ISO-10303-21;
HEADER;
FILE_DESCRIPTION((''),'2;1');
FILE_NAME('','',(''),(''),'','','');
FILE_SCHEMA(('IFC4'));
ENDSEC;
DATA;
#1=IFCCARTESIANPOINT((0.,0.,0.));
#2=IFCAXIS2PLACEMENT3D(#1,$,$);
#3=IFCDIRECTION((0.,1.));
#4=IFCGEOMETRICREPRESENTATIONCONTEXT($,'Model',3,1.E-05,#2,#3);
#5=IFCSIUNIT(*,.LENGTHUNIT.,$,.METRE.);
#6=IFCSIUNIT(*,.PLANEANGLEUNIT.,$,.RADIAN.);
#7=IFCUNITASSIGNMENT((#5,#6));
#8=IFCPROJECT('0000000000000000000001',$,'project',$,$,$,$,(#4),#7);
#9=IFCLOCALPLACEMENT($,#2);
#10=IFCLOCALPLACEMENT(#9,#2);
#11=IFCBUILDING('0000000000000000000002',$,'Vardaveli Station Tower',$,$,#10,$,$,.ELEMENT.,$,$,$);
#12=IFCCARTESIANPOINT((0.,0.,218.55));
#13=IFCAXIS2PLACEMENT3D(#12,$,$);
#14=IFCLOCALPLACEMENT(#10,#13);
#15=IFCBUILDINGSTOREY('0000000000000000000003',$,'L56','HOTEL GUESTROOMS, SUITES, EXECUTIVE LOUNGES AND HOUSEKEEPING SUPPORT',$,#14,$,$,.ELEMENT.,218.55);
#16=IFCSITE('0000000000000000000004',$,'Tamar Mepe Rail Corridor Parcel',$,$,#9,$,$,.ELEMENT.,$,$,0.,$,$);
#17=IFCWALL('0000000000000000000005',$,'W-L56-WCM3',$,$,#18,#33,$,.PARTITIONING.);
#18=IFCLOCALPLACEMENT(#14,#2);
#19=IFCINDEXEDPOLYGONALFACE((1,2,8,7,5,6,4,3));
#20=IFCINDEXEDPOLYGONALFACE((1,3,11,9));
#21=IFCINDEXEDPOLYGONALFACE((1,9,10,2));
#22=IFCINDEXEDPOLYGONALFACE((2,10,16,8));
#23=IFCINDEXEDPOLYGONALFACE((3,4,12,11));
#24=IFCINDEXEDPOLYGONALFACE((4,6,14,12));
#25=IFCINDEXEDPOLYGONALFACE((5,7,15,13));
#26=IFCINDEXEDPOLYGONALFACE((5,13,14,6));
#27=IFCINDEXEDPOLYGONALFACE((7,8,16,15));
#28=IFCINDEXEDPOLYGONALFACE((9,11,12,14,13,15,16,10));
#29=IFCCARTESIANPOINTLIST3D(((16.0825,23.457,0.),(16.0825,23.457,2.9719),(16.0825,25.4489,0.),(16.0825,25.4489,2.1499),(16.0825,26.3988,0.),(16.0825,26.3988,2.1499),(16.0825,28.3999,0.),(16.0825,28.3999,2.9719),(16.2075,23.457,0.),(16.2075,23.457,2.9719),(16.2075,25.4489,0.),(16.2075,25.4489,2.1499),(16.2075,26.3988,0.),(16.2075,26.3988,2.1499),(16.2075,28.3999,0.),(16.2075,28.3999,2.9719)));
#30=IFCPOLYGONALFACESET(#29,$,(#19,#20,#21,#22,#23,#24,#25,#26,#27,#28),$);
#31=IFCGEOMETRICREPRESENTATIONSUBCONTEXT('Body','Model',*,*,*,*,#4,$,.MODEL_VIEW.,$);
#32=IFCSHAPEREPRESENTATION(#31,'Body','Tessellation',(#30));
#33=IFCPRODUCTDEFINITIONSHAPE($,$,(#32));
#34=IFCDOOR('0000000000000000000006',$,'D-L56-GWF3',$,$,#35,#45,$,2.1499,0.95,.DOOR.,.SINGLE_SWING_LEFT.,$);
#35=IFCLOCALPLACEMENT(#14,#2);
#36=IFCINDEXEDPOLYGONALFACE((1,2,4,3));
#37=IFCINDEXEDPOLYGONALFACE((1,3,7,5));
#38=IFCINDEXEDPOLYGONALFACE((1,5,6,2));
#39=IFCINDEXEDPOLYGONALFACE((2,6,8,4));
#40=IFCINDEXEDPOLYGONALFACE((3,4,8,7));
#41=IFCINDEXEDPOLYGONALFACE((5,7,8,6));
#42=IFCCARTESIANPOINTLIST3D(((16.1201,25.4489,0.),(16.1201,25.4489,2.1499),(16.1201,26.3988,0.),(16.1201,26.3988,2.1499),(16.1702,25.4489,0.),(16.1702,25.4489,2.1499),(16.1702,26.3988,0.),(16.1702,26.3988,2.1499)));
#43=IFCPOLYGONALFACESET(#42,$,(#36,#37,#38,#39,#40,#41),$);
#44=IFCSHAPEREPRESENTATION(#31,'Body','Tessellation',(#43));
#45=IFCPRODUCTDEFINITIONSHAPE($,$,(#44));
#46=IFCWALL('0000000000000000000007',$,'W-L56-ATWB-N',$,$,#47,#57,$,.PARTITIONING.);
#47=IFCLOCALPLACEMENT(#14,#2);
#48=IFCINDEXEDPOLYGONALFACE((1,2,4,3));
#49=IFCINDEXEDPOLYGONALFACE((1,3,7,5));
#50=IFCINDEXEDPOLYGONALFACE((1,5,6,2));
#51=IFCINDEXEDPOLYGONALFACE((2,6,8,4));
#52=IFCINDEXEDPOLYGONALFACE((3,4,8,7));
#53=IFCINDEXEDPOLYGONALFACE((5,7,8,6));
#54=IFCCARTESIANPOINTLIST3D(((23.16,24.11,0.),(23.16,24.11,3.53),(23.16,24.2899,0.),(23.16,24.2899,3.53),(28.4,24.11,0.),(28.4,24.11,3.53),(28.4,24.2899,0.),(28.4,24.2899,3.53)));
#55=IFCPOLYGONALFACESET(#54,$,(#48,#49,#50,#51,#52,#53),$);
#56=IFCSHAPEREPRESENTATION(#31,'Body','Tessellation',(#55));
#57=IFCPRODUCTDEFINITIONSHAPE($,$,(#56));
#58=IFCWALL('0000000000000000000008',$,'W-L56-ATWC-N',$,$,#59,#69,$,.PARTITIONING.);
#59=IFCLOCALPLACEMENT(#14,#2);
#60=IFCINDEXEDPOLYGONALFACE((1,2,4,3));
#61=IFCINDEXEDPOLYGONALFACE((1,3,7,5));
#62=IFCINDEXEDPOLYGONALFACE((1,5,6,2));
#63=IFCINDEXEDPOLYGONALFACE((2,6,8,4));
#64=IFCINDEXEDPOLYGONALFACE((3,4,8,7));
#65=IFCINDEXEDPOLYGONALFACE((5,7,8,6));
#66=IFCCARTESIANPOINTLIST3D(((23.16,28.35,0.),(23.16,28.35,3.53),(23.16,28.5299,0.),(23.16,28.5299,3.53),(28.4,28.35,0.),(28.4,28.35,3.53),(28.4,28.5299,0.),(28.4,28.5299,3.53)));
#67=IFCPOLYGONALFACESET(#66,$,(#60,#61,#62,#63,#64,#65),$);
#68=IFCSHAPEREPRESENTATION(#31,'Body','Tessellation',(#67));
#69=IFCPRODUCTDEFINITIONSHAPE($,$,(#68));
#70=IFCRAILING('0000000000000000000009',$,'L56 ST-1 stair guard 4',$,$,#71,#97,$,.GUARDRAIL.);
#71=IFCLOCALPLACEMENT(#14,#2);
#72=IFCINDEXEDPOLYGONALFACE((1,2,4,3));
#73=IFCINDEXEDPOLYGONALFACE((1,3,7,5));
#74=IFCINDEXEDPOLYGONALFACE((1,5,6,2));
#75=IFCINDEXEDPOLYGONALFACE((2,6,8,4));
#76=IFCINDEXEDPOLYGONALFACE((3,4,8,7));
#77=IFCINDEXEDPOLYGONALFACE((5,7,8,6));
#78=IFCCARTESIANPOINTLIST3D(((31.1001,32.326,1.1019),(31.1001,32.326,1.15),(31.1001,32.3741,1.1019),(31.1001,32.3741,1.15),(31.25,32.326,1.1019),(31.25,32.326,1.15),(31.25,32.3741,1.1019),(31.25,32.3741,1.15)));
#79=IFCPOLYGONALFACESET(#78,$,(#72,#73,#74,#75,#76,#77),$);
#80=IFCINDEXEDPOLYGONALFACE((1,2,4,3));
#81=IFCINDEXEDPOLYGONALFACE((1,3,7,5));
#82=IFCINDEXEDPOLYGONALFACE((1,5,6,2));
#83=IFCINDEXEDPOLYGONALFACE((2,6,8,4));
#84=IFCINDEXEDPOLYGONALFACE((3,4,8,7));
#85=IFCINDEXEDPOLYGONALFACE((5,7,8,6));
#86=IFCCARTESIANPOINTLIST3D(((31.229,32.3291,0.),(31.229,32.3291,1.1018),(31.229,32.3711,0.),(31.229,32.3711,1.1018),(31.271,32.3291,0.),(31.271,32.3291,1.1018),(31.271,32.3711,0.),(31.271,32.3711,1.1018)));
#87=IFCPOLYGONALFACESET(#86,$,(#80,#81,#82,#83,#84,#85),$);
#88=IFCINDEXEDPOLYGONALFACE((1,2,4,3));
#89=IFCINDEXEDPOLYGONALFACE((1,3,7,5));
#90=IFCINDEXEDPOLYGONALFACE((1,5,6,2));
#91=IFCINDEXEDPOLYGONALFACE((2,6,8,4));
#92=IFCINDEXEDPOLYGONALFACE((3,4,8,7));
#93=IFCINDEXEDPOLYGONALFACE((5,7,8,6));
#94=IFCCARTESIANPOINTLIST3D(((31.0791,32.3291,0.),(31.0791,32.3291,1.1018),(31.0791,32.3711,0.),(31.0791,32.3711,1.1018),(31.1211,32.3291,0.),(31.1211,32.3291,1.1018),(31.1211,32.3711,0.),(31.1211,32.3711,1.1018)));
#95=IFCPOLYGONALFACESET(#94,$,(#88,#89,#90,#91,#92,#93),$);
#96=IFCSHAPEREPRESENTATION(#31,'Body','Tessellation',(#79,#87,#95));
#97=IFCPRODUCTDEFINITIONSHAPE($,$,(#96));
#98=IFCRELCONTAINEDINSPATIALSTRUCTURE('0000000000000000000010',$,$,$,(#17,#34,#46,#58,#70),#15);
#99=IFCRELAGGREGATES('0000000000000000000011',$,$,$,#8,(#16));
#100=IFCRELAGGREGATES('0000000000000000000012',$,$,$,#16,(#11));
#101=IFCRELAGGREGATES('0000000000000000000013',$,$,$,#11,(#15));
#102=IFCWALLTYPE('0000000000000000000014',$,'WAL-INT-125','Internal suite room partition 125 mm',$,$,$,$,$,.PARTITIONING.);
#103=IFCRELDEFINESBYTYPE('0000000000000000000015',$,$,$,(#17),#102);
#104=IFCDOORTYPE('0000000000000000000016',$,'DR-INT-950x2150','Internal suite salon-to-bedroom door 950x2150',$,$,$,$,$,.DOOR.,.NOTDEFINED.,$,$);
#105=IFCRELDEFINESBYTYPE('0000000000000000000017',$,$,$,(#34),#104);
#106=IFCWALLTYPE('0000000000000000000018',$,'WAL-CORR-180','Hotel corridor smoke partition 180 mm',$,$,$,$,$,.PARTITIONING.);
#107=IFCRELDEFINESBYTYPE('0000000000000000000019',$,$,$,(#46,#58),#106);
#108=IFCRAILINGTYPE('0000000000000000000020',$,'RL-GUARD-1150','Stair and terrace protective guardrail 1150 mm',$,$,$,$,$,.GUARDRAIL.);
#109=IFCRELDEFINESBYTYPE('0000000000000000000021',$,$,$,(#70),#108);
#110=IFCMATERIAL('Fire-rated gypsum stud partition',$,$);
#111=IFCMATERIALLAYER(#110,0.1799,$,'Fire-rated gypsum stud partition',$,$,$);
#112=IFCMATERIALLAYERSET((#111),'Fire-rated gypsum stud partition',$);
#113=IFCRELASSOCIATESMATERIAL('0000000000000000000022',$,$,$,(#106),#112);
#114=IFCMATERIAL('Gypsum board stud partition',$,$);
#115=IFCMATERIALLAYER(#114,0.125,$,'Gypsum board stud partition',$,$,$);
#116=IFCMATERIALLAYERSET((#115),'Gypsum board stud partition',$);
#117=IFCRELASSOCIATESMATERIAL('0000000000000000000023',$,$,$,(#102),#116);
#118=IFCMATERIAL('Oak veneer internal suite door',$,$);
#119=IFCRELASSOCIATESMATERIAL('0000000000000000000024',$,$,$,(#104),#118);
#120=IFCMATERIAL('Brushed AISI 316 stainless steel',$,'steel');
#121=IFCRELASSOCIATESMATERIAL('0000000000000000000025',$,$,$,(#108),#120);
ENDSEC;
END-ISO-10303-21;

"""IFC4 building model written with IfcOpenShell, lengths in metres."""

from ifc_helpers import new_model, si_unit, direction, frame, frame_2d, origin, origin_2d, place, context, subcontext, project, spatial, rectangle, extrude, source, transform, mapped, material, layer, layer_set, type_object, element, fill, save


model = new_model("IFC4")

# Units and contexts
model_context = context("Model", 3, precision=1e-05, world=origin(), true_north=direction((0.0, 1.0)))
body_context = subcontext(model_context, "Body", "Model", "MODEL_VIEW")
ifc_project = project(units=[si_unit("LENGTHUNIT", "METRE"), si_unit("PLANEANGLEUNIT", "RADIAN")], contexts=[model_context])

# Site, building, storey
site_placement = place(None, origin())
site = spatial("IfcSite", under=ifc_project, at=site_placement, Name="Tamar Mepe Rail Corridor Parcel", CompositionType="ELEMENT", RefElevation=0.0)
building_placement = place(site_placement, origin())
building = spatial("IfcBuilding", under=site, at=building_placement, Name="Vardaveli Station Tower", CompositionType="ELEMENT")
storey_placement = place(building_placement, frame((0.0, 0.0, 218.55)))
storey = spatial("IfcBuildingStorey", under=building, at=storey_placement, Name="L56", Description="HOTEL GUESTROOMS, SUITES, EXECUTIVE LOUNGES AND HOUSEKEEPING SUPPORT", CompositionType="ELEMENT", Elevation=218.55)

# Shared definitions
ifc_material_1 = material(Name="Fire-rated gypsum stud partition")
ifc_layer_1 = layer(ifc_material_1, 0.1799, Name="Fire-rated gypsum stud partition")
ifc_layer_set_1 = layer_set([ifc_layer_1], Name="Fire-rated gypsum stud partition")
wall_type_1 = type_object("IfcWallType", Name="WAL-CORR-180", Description="Hotel corridor smoke partition 180 mm", PredefinedType="PARTITIONING", material=ifc_layer_set_1)

# Wall, opening, door
ifc_material_2 = material(Name="Gypsum board stud partition")
ifc_layer_2 = layer(ifc_material_2, 0.125, Name="Gypsum board stud partition")
ifc_layer_set_2 = layer_set([ifc_layer_2], Name="Gypsum board stud partition")
wall_type_2 = type_object("IfcWallType", Name="WAL-INT-125", Description="Internal suite room partition 125 mm", PredefinedType="PARTITIONING", material=ifc_layer_set_2)
shared_shape_1 = source(origin(), body_context, "Body", "SweptSolid", [
    extrude(rectangle(XDim=4.9429, YDim=0.125, at=frame_2d((2.4714, 0.0))), origin(), (0.0, 0.0, 1.0), 2.9719),
])
wall_1_placement = place(storey_placement, frame((16.145, 23.457, 0.0), z_axis=(0.0, 0.0, 1.0), x_axis=(0.0, 1.0, 0.0)))
wall_1 = element("IfcWall", 1, at=wall_1_placement, inside=storey, type_object=wall_type_2, Name="W-L56-WCM3", PredefinedType="PARTITIONING", context=body_context, shape_type="MappedRepresentation", body=[
    mapped(shared_shape_1, transform((0.0, 0.0, 0.0), scale=1.0)),
])
shared_shape_2 = source(origin(), body_context, "Body", "SweptSolid", [
    extrude(rectangle(XDim=0.95, YDim=2.1499, at=frame_2d((0.4751, 1.075))), frame((0.0, 0.0725, 0.0), z_axis=(0.0, -1.0, 0.0), x_axis=(1.0, 0.0, 0.0)), (0.0, 0.0, 1.0), 0.145),
])
opening_1_placement = place(wall_1_placement, frame((1.9917, 0.0, 0.0)))
opening_1 = element("IfcOpeningElement", 2, at=opening_1_placement, cuts=wall_1, PredefinedType="OPENING", context=body_context, shape_type="MappedRepresentation", body=[
    mapped(shared_shape_2, transform((0.0, 0.0, 0.0), scale=1.0)),
])
ifc_material_3 = material(Name="Oak veneer internal suite door")
door_type_1 = type_object("IfcDoorType", Name="DR-INT-950x2150", Description="Internal suite salon-to-bedroom door 950x2150", OperationType="NOTDEFINED", PredefinedType="DOOR", material=ifc_material_3)
shared_shape_3 = source(origin(), body_context, "Body", "SweptSolid", [
    extrude(rectangle(XDim=0.95, YDim=2.1499, at=frame_2d((0.4751, 1.075))), frame((0.0, 0.0249, 0.0), z_axis=(0.0, -1.0, 0.0), x_axis=(1.0, 0.0, 0.0)), (0.0, 0.0, 1.0), 0.05),
])
door_1_placement = place(opening_1_placement, origin())
door_1 = element("IfcDoor", 3, at=door_1_placement, inside=storey, type_object=door_type_1, Name="D-L56-GWF3", OperationType="SINGLE_SWING_LEFT", OverallHeight=2.1499, OverallWidth=0.95, PredefinedType="DOOR", context=body_context, shape_type="MappedRepresentation", body=[
    mapped(shared_shape_3, transform((0.0, 0.0, 0.0), scale=1.0)),
])
fill(opening_1, door_1)

# Walls
shared_shape_4 = source(origin(), body_context, "Body", "SweptSolid", [
    extrude(rectangle(XDim=5.24, YDim=0.1799, at=frame_2d((2.6201, 0.0))), origin(), (0.0, 0.0, 1.0), 3.53),
])
for number, where, z_axis, x_axis, name in (
    (4, (23.1599, 24.2, 0.0), (0.0, 0.0, 1.0), (1.0, 0.0, 0.0), "W-L56-ATWB-N"),
    (5, (23.1599, 28.4399, 0.0), (0.0, 0.0, 1.0), (1.0, 0.0, 0.0), "W-L56-ATWC-N"),
):
    element("IfcWall", number, at=place(storey_placement, frame(where, z_axis=z_axis, x_axis=x_axis)), inside=storey, type_object=wall_type_1, Name=name, PredefinedType="PARTITIONING", context=body_context, shape_type="MappedRepresentation", body=[
        mapped(shared_shape_4, transform((0.0, 0.0, 0.0), scale=1.0)),
    ])

# Railing
ifc_material_4 = material(Name="Brushed AISI 316 stainless steel", Category="steel")
railing_type = type_object("IfcRailingType", Name="RL-GUARD-1150", Description="Stair and terrace protective guardrail 1150 mm", PredefinedType="GUARDRAIL", material=ifc_material_4)
shared_shape_5 = source(origin(), body_context, "Body", "SweptSolid", [
    extrude(rectangle(XDim=0.0481, YDim=0.0481, at=origin_2d()), frame((0.0, 0.0, 1.126), z_axis=(-1.0, 0.0, 0.0), x_axis=(0.0, -1.0, 0.0)), (0.0, 0.0, 1.0), 0.1499),
    extrude(rectangle(XDim=0.042, YDim=0.042, at=origin_2d()), origin(), (0.0, 0.0, 1.0), 1.1018),
    extrude(rectangle(XDim=0.042, YDim=0.042, at=origin_2d()), frame((-0.1499, 0.0, 0.0)), (0.0, 0.0, 1.0), 1.1018),
])
railing_placement = place(storey_placement, frame((31.25, 32.3501, 0.0)))
element("IfcRailing", 6, at=railing_placement, inside=storey, type_object=railing_type, Name="L56 ST-1 stair guard 4", PredefinedType="GUARDRAIL", context=body_context, shape_type="MappedRepresentation", body=[
    mapped(shared_shape_5, transform((0.0, 0.0, 0.0), scale=1.0)),
])

save(model, "model.ifc")
